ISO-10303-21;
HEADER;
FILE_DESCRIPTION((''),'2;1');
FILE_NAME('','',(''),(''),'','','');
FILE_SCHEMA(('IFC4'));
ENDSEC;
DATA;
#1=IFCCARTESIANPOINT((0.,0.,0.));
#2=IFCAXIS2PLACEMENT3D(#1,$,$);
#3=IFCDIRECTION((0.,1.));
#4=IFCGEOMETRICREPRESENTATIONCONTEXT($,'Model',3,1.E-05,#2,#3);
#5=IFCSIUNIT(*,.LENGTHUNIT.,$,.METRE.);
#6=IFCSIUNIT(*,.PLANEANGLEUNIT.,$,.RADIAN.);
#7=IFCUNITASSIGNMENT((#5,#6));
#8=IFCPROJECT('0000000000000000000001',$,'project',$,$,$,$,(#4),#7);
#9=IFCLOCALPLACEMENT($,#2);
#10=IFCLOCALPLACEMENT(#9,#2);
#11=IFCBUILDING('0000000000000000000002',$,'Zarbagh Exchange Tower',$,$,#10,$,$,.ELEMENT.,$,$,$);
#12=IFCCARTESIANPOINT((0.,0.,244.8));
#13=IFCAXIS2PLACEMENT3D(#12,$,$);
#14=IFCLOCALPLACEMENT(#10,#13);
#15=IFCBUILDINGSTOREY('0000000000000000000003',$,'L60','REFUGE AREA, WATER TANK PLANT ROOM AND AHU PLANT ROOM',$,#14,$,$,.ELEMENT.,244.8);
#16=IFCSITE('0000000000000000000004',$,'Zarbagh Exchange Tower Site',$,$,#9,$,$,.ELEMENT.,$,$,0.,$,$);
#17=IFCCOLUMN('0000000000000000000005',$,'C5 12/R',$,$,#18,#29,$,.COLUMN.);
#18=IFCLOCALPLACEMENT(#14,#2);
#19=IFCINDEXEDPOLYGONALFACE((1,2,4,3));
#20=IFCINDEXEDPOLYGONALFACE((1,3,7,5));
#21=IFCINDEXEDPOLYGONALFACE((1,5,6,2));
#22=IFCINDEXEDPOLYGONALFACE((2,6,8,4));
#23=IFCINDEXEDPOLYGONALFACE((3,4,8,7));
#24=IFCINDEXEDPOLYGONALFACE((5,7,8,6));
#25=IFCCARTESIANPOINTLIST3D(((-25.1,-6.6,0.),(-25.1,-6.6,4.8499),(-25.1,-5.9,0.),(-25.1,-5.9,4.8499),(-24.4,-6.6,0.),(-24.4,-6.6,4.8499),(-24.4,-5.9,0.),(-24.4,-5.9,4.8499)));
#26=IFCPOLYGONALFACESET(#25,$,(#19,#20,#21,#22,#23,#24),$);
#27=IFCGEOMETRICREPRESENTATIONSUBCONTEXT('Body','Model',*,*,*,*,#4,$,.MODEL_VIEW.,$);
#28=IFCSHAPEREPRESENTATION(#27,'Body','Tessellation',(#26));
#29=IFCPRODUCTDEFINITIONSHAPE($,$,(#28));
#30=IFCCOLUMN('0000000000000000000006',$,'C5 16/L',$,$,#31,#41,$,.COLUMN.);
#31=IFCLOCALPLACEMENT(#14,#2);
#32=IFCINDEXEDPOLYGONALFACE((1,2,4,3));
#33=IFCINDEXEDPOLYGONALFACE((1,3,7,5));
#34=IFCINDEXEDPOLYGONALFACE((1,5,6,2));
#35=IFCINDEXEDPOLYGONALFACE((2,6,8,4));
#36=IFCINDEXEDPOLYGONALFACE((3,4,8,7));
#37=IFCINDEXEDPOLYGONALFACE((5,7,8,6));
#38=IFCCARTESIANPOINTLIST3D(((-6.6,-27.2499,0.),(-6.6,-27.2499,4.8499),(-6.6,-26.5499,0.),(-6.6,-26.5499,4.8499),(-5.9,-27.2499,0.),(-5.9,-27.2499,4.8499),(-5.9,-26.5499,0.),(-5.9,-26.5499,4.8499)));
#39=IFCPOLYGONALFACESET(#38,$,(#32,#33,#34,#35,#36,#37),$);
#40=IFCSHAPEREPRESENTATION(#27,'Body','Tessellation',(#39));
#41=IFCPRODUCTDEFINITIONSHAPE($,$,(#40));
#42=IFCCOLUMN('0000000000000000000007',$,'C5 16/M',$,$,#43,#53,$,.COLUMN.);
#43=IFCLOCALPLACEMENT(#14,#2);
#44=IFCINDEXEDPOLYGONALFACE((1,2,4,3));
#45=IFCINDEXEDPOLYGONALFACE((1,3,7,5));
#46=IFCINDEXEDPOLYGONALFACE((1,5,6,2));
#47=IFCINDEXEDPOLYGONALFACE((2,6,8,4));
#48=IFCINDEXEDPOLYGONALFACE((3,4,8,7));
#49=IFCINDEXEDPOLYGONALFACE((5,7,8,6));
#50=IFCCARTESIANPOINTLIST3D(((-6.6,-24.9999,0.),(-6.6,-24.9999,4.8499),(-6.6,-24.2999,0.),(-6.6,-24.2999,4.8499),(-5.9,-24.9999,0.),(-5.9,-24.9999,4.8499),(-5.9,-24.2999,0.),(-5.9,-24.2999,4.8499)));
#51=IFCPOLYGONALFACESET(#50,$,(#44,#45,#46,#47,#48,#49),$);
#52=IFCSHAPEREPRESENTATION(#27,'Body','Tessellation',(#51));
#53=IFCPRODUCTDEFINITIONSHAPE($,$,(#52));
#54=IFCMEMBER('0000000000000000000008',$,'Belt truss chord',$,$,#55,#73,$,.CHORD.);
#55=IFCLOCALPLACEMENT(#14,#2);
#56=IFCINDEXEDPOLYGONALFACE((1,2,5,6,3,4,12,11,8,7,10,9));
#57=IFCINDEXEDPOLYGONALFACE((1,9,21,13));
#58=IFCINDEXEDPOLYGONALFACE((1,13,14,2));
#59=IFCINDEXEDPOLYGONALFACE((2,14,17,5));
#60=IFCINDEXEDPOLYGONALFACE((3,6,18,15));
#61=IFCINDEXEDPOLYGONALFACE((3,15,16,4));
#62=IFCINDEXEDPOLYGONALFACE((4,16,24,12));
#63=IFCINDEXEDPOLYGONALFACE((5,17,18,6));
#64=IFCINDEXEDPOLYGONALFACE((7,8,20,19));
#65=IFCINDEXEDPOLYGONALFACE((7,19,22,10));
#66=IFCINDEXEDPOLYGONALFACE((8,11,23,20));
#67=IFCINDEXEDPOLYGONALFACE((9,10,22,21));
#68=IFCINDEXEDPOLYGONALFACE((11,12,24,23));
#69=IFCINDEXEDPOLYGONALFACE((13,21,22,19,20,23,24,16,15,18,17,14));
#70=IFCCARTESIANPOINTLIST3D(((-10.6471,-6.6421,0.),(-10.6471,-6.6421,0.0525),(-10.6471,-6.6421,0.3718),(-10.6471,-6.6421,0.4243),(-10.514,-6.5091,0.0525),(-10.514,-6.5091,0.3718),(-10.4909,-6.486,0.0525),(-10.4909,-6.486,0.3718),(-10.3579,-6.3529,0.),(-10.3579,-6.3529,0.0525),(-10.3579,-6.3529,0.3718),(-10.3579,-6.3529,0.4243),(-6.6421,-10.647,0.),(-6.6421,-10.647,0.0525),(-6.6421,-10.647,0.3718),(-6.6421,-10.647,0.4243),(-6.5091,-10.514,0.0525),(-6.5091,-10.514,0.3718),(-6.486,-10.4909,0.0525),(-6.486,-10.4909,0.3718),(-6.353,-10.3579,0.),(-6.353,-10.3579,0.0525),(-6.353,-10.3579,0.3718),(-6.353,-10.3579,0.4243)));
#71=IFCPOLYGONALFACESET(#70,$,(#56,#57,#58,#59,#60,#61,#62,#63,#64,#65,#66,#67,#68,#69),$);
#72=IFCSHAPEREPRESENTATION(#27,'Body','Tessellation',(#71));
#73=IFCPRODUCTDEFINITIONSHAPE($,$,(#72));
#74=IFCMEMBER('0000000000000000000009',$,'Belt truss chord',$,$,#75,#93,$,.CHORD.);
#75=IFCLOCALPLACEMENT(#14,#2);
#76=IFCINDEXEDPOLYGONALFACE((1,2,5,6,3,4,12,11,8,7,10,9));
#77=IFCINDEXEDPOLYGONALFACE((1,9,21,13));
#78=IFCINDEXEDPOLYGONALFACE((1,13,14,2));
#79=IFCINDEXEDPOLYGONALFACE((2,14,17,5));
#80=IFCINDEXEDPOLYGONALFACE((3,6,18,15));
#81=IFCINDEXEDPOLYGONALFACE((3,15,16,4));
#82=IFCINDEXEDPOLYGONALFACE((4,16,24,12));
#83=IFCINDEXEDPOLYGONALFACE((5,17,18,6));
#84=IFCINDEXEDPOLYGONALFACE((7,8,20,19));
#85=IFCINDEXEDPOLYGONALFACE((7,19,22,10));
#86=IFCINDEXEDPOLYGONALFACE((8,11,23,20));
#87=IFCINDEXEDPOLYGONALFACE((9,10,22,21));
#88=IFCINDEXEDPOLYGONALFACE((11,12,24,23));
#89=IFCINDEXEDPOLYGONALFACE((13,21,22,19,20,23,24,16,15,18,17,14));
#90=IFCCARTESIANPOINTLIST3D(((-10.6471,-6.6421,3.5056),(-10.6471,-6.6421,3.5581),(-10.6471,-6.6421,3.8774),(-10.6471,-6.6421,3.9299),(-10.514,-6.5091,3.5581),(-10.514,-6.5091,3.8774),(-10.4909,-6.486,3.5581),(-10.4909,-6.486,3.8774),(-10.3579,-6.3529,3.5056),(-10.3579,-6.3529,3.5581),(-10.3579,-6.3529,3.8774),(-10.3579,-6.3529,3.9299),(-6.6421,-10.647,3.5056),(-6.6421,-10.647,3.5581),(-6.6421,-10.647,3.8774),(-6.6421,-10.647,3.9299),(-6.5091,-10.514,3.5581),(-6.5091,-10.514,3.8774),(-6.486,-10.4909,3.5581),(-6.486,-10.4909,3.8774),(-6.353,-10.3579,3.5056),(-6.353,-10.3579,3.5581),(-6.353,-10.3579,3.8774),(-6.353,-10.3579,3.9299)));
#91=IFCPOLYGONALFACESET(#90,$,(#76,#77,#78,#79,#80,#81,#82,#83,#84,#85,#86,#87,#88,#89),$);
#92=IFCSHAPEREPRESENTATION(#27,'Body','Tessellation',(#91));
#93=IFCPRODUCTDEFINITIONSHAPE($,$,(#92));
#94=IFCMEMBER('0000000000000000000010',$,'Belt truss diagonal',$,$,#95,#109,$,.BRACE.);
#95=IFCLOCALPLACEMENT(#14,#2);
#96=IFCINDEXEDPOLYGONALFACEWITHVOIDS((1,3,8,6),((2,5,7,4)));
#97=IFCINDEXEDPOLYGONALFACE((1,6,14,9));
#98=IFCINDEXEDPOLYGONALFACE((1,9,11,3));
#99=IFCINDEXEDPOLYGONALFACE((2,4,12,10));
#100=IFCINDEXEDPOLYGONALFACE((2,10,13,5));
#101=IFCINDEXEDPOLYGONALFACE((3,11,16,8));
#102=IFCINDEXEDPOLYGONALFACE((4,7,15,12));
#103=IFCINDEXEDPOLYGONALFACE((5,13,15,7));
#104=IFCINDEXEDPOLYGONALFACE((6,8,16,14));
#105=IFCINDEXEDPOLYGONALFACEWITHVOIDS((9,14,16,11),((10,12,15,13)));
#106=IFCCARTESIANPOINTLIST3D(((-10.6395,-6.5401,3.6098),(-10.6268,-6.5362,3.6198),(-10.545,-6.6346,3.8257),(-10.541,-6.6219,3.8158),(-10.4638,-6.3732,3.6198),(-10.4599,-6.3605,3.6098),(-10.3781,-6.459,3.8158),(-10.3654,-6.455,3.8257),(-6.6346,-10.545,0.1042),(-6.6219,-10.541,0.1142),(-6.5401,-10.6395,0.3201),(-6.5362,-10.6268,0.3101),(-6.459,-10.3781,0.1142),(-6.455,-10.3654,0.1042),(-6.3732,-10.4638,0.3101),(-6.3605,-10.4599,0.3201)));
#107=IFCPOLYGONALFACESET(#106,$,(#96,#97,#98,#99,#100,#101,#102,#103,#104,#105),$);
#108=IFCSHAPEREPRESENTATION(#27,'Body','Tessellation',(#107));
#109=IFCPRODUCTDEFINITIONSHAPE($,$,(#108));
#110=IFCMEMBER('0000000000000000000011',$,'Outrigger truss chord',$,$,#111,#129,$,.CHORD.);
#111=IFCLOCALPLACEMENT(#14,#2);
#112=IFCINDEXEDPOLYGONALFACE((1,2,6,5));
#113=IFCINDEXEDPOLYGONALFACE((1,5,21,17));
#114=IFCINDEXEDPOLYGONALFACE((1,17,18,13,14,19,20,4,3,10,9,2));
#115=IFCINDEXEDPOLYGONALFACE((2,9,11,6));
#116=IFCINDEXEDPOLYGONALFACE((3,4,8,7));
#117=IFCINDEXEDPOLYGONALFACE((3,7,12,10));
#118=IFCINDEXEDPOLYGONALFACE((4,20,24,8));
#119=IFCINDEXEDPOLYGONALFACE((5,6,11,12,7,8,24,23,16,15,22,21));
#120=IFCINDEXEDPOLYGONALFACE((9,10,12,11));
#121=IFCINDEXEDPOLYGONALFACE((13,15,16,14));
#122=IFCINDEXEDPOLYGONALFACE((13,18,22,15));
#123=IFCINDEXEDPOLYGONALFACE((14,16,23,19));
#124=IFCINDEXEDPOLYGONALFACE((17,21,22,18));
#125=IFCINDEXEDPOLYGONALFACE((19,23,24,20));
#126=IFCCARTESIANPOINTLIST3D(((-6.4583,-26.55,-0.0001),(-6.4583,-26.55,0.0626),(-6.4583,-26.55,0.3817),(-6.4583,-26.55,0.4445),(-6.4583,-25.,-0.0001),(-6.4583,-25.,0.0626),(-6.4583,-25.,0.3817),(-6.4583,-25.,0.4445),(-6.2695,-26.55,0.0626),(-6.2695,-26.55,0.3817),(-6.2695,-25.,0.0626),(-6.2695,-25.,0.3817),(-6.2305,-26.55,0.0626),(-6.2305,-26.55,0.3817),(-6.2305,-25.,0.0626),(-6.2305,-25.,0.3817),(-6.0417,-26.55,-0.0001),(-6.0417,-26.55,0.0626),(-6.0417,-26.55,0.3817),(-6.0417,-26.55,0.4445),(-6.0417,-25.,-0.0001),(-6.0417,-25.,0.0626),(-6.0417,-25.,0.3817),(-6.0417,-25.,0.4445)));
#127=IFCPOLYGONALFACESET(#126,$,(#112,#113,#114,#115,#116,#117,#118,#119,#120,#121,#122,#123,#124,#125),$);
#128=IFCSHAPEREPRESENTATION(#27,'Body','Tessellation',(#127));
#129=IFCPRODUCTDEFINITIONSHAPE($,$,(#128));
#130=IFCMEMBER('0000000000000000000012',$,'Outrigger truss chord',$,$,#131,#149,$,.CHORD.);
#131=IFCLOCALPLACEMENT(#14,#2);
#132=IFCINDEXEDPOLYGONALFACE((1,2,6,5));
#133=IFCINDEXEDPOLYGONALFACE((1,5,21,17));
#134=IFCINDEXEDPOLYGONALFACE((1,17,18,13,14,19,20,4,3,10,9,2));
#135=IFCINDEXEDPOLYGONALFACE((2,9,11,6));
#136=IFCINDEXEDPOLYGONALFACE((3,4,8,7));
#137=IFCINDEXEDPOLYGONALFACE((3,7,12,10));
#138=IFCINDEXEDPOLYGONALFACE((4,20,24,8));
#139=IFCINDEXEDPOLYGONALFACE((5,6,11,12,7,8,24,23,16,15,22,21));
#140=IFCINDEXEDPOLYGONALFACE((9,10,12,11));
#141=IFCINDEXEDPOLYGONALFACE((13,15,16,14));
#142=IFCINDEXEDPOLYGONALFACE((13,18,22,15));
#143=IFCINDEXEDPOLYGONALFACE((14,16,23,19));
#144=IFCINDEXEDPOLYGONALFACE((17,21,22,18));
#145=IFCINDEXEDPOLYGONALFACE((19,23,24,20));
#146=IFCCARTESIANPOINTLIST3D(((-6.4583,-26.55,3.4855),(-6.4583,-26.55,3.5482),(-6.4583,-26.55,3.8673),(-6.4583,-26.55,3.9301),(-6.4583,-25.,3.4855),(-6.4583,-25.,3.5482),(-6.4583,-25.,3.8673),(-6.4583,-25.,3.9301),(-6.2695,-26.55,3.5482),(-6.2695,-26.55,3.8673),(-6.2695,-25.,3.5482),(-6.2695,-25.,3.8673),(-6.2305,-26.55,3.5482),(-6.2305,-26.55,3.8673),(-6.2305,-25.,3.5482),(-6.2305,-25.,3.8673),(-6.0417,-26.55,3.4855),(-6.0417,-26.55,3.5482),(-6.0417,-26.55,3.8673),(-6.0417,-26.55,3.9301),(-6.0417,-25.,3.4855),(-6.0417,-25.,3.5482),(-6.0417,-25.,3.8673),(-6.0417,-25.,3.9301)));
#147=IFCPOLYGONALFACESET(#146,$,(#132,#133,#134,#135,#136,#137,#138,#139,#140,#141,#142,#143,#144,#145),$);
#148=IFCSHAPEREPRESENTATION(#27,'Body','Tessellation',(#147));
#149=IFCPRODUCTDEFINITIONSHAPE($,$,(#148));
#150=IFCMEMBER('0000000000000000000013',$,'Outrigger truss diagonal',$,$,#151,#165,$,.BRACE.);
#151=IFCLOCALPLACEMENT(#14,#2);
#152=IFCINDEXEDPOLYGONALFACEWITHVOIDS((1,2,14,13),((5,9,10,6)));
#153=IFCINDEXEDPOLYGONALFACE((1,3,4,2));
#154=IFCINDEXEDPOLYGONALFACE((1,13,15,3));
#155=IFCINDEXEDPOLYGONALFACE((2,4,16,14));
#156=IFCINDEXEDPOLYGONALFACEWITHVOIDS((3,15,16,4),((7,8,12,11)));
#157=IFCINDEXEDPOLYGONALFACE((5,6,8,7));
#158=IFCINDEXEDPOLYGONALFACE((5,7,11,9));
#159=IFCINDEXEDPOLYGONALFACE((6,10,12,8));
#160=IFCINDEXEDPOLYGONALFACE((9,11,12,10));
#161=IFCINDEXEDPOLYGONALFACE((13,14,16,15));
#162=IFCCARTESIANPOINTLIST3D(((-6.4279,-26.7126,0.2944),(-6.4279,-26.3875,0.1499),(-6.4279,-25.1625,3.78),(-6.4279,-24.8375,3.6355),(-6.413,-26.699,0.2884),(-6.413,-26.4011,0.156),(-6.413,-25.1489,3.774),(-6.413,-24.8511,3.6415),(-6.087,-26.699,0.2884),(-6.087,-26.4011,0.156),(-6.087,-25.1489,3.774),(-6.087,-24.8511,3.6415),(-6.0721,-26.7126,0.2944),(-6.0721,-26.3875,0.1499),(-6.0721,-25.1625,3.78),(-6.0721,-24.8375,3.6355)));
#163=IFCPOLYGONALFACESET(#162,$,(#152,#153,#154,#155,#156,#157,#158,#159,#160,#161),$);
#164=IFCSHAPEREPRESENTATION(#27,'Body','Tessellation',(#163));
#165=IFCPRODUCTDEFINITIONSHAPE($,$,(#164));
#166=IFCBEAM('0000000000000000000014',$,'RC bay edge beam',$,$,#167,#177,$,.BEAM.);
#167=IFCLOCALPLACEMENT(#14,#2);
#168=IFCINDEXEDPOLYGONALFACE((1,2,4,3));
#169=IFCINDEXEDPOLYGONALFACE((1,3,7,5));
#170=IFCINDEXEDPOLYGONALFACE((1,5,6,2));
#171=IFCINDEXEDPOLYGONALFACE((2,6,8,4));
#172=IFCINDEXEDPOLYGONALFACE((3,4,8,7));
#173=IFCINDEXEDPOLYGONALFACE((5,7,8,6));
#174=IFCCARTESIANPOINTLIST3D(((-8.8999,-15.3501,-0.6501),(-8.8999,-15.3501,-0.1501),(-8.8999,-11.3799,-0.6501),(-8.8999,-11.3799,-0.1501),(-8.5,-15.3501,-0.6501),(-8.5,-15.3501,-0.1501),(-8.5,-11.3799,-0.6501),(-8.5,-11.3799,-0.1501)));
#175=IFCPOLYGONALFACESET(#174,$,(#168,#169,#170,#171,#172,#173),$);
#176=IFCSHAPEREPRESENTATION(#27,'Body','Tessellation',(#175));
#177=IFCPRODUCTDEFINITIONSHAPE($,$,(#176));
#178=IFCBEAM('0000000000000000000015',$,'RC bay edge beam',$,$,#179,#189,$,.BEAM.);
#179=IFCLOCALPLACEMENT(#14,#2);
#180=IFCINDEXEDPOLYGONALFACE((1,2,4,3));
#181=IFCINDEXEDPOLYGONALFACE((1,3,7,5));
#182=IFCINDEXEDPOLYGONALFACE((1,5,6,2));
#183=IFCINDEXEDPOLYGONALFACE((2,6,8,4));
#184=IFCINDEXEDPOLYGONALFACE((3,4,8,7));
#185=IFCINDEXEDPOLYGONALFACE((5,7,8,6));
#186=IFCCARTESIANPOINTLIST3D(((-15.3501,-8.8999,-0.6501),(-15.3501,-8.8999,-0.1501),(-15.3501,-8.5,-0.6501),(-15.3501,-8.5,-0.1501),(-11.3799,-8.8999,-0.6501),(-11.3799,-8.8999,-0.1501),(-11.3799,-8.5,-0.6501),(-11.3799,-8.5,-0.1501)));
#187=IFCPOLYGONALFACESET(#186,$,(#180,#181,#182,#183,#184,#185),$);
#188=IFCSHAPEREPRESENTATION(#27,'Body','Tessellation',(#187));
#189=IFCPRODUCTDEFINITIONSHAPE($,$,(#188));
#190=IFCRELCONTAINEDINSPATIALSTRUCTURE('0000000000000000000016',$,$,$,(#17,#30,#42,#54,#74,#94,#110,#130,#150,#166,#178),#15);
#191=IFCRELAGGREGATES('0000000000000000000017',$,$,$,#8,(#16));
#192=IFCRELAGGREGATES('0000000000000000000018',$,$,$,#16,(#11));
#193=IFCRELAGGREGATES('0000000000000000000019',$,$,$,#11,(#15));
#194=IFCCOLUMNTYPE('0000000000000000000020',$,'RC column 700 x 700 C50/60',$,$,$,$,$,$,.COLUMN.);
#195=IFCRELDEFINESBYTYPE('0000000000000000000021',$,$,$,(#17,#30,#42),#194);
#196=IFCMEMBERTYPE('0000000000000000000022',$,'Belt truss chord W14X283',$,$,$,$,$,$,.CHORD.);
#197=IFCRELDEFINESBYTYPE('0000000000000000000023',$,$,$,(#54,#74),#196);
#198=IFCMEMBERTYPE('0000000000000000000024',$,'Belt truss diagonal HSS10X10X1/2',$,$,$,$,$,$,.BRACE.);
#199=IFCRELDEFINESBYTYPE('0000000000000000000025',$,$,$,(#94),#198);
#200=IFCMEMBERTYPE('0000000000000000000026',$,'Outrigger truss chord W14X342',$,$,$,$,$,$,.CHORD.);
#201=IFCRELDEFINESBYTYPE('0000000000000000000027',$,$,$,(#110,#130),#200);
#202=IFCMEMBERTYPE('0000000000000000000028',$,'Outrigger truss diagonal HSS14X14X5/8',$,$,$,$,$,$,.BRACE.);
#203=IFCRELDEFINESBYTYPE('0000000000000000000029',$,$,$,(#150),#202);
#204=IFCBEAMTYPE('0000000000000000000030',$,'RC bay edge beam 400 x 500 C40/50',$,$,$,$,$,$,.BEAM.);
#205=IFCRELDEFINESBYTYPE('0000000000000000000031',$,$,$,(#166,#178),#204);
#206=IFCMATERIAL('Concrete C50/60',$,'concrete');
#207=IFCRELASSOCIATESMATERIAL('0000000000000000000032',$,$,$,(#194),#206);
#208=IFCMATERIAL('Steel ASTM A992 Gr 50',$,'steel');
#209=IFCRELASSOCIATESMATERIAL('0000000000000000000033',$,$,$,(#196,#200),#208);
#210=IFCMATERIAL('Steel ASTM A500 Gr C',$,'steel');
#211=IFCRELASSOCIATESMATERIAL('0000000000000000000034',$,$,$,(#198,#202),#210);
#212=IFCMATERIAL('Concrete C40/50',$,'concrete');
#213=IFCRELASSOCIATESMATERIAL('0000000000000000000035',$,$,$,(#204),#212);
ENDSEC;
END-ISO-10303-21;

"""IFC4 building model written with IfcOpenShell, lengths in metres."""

from ifc_helpers import new_model, si_unit, direction, frame, origin, origin_2d, place, context, subcontext, project, spatial, rectangle, hollow_rectangle, i_section, extrude, material, material_profile, profile_set, type_object, element, save


model = new_model("IFC4")

# Units and contexts
model_context = context("Model", 3, precision=1e-05, world=origin(), true_north=direction((0.0, 1.0)))
body_context = subcontext(model_context, "Body", "Model", "MODEL_VIEW")
ifc_project = project(units=[si_unit("LENGTHUNIT", "METRE"), si_unit("PLANEANGLEUNIT", "RADIAN")], contexts=[model_context])

# Site, building, storey
site_placement = place(None, origin())
site = spatial("IfcSite", under=ifc_project, at=site_placement, Name="Zarbagh Exchange Tower Site", CompositionType="ELEMENT", RefElevation=0.0)
building_placement = place(site_placement, origin())
building = spatial("IfcBuilding", under=site, at=building_placement, Name="Zarbagh Exchange Tower", CompositionType="ELEMENT")
storey_placement = place(building_placement, frame((0.0, 0.0, 244.8)))
storey = spatial("IfcBuildingStorey", under=building, at=storey_placement, Name="L60", Description="REFUGE AREA, WATER TANK PLANT ROOM AND AHU PLANT ROOM", CompositionType="ELEMENT", Elevation=244.8)

# Columns
ifc_material_1 = material(Name="Concrete C50/60", Category="concrete")
ifc_material_profile_1 = material_profile(ifc_material_1, rectangle(XDim=0.7, YDim=0.7, at=origin_2d()), Name="RC column 700 x 700 C50/60")
ifc_profile_set_1 = profile_set([ifc_material_profile_1], Name="Concrete C50/60")
column_type = type_object("IfcColumnType", Name="RC column 700 x 700 C50/60", PredefinedType="COLUMN", material=ifc_profile_set_1)
for number, where, z_axis, x_axis, name in (
    (1, (-24.75, -6.25, 0.0), (0.0, 0.0, 1.0), (1.0, 0.0, 0.0), "C5 12/R"),
    (2, (-6.25, -26.8999, 0.0), (0.0, 0.0, 1.0), (1.0, 0.0, 0.0), "C5 16/L"),
    (3, (-6.25, -24.6499, 0.0), (0.0, 0.0, 1.0), (1.0, 0.0, 0.0), "C5 16/M"),
):
    element("IfcColumn", number, at=place(storey_placement, frame(where, z_axis=z_axis, x_axis=x_axis)), inside=storey, type_object=column_type, Name=name, PredefinedType="COLUMN", context=body_context, shape_type="SweptSolid", body=[
        extrude(rectangle(XDim=0.7, YDim=0.7, at=origin_2d()), origin(), (0.0, 0.0, 1.0), 4.8499),
    ])

# Members
ifc_material_2 = material(Name="Steel ASTM A992 Gr 50", Category="steel")
ifc_material_profile_2 = material_profile(ifc_material_2, i_section(OverallWidth=0.4089, OverallDepth=0.4243, WebThickness=0.0327, FlangeThickness=0.0525, at=origin_2d()), Name="W14X283")
ifc_profile_set_2 = profile_set([ifc_material_profile_2], Name="Steel ASTM A992 Gr 50")
member_type_1 = type_object("IfcMemberType", Name="Belt truss chord W14X283", PredefinedType="CHORD", material=ifc_profile_set_2)
for number, where, z_axis, x_axis, name in (
    (4, (-6.4976, -10.5024, 0.2122), (-0.707107, 0.707107, 0.0), (-0.707107, -0.707107, 0.0), "Belt truss chord"),
    (5, (-6.4976, -10.5024, 3.7178), (-0.707107, 0.707107, 0.0), (-0.707107, -0.707107, 0.0), "Belt truss chord"),
):
    element("IfcMember", number, at=place(storey_placement, frame(where, z_axis=z_axis, x_axis=x_axis)), inside=storey, type_object=member_type_1, Name=name, PredefinedType="CHORD", context=body_context, shape_type="SweptSolid", body=[
        extrude(i_section(OverallWidth=0.4089, OverallDepth=0.4243, WebThickness=0.0327, FlangeThickness=0.0525, at=origin_2d()), origin(), (0.0, 0.0, 1.0), 5.6638),
    ])
ifc_material_3 = material(Name="Steel ASTM A500 Gr C", Category="steel")
ifc_material_profile_3 = material_profile(ifc_material_3, hollow_rectangle(XDim=0.2539, YDim=0.2539, WallThickness=0.0117, at=origin_2d()), Name="HSS10X10X1/2")
ifc_profile_set_3 = profile_set([ifc_material_profile_3], Name="Steel ASTM A500 Gr C")
member_type_2 = type_object("IfcMemberType", Name="Belt truss diagonal HSS10X10X1/2", PredefinedType="BRACE", material=ifc_profile_set_3)
member_1_placement = place(storey_placement, frame((-6.4976, -10.5024, 0.2122), z_axis=(-0.601253, 0.601253, 0.526298), x_axis=(-0.707107, -0.707107, 0.0)))
element("IfcMember", 6, at=member_1_placement, inside=storey, type_object=member_type_2, Name="Belt truss diagonal", PredefinedType="BRACE", context=body_context, shape_type="SweptSolid", body=[
    extrude(hollow_rectangle(XDim=0.2539, YDim=0.2539, WallThickness=0.0117, at=origin_2d()), origin(), (0.0, 0.0, 1.0), 6.6609),
])
ifc_material_profile_4 = material_profile(ifc_material_2, i_section(OverallWidth=0.4165, OverallDepth=0.4446, WebThickness=0.0391, FlangeThickness=0.0627, at=origin_2d()), Name="W14X342")
ifc_profile_set_4 = profile_set([ifc_material_profile_4], Name="Steel ASTM A992 Gr 50")
member_type_3 = type_object("IfcMemberType", Name="Outrigger truss chord W14X342", PredefinedType="CHORD", material=ifc_profile_set_4)
for number, where, z_axis, x_axis, name in (
    (7, (-6.25, -26.55, 0.2222), (0.0, 1.0, 0.0), (-1.0, 0.0, 0.0), "Outrigger truss chord"),
    (8, (-6.25, -26.55, 3.7078), (0.0, 1.0, 0.0), (-1.0, 0.0, 0.0), "Outrigger truss chord"),
):
    element("IfcMember", number, at=place(storey_placement, frame(where, z_axis=z_axis, x_axis=x_axis)), inside=storey, type_object=member_type_3, Name=name, PredefinedType="CHORD", context=body_context, shape_type="SweptSolid", body=[
        extrude(i_section(OverallWidth=0.4165, OverallDepth=0.4446, WebThickness=0.0391, FlangeThickness=0.0627, at=origin_2d()), origin(), (0.0, 0.0, 1.0), 1.55),
    ])
ifc_material_profile_5 = material_profile(ifc_material_3, hollow_rectangle(XDim=0.3557, YDim=0.3557, WallThickness=0.0149, at=origin_2d()), Name="HSS14X14X5/8")
ifc_profile_set_5 = profile_set([ifc_material_profile_5], Name="Steel ASTM A500 Gr C")
member_type_4 = type_object("IfcMemberType", Name="Outrigger truss diagonal HSS14X14X5/8", PredefinedType="BRACE", material=ifc_profile_set_5)
member_2_placement = place(storey_placement, frame((-6.25, -26.55, 0.2222), z_axis=(0.0, 0.406334, 0.913724), x_axis=(-1.0, 0.0, 0.0)))
element("IfcMember", 9, at=member_2_placement, inside=storey, type_object=member_type_4, Name="Outrigger truss diagonal", PredefinedType="BRACE", context=body_context, shape_type="SweptSolid", body=[
    extrude(hollow_rectangle(XDim=0.3557, YDim=0.3557, WallThickness=0.0149, at=origin_2d()), origin(), (0.0, 0.0, 1.0), 3.8147),
])

# Beams
ifc_material_4 = material(Name="Concrete C40/50", Category="concrete")
ifc_material_profile_6 = material_profile(ifc_material_4, rectangle(XDim=0.3999, YDim=0.5, at=origin_2d()), Name="RC bay edge beam 400 x 500 C40/50")
ifc_profile_set_6 = profile_set([ifc_material_profile_6], Name="Concrete C40/50")
beam_type_1 = type_object("IfcBeamType", Name="RC bay edge beam 400 x 500 C40/50", PredefinedType="BEAM", material=ifc_profile_set_6)
for number, where, z_axis, x_axis, name in (
    (10, (-8.7, -15.3501, -0.4001), (0.0, 1.0, 0.0), (-1.0, 0.0, 0.0), "RC bay edge beam"),
    (11, (-15.3501, -8.7, -0.4001), (1.0, 0.0, 0.0), (0.0, 1.0, 0.0), "RC bay edge beam"),
):
    element("IfcBeam", number, at=place(storey_placement, frame(where, z_axis=z_axis, x_axis=x_axis)), inside=storey, type_object=beam_type_1, Name=name, PredefinedType="BEAM", context=body_context, shape_type="SweptSolid", body=[
        extrude(rectangle(XDim=0.3999, YDim=0.5, at=origin_2d()), origin(), (0.0, 0.0, 1.0), 3.9702),
    ])

save(model, "model.ifc")
